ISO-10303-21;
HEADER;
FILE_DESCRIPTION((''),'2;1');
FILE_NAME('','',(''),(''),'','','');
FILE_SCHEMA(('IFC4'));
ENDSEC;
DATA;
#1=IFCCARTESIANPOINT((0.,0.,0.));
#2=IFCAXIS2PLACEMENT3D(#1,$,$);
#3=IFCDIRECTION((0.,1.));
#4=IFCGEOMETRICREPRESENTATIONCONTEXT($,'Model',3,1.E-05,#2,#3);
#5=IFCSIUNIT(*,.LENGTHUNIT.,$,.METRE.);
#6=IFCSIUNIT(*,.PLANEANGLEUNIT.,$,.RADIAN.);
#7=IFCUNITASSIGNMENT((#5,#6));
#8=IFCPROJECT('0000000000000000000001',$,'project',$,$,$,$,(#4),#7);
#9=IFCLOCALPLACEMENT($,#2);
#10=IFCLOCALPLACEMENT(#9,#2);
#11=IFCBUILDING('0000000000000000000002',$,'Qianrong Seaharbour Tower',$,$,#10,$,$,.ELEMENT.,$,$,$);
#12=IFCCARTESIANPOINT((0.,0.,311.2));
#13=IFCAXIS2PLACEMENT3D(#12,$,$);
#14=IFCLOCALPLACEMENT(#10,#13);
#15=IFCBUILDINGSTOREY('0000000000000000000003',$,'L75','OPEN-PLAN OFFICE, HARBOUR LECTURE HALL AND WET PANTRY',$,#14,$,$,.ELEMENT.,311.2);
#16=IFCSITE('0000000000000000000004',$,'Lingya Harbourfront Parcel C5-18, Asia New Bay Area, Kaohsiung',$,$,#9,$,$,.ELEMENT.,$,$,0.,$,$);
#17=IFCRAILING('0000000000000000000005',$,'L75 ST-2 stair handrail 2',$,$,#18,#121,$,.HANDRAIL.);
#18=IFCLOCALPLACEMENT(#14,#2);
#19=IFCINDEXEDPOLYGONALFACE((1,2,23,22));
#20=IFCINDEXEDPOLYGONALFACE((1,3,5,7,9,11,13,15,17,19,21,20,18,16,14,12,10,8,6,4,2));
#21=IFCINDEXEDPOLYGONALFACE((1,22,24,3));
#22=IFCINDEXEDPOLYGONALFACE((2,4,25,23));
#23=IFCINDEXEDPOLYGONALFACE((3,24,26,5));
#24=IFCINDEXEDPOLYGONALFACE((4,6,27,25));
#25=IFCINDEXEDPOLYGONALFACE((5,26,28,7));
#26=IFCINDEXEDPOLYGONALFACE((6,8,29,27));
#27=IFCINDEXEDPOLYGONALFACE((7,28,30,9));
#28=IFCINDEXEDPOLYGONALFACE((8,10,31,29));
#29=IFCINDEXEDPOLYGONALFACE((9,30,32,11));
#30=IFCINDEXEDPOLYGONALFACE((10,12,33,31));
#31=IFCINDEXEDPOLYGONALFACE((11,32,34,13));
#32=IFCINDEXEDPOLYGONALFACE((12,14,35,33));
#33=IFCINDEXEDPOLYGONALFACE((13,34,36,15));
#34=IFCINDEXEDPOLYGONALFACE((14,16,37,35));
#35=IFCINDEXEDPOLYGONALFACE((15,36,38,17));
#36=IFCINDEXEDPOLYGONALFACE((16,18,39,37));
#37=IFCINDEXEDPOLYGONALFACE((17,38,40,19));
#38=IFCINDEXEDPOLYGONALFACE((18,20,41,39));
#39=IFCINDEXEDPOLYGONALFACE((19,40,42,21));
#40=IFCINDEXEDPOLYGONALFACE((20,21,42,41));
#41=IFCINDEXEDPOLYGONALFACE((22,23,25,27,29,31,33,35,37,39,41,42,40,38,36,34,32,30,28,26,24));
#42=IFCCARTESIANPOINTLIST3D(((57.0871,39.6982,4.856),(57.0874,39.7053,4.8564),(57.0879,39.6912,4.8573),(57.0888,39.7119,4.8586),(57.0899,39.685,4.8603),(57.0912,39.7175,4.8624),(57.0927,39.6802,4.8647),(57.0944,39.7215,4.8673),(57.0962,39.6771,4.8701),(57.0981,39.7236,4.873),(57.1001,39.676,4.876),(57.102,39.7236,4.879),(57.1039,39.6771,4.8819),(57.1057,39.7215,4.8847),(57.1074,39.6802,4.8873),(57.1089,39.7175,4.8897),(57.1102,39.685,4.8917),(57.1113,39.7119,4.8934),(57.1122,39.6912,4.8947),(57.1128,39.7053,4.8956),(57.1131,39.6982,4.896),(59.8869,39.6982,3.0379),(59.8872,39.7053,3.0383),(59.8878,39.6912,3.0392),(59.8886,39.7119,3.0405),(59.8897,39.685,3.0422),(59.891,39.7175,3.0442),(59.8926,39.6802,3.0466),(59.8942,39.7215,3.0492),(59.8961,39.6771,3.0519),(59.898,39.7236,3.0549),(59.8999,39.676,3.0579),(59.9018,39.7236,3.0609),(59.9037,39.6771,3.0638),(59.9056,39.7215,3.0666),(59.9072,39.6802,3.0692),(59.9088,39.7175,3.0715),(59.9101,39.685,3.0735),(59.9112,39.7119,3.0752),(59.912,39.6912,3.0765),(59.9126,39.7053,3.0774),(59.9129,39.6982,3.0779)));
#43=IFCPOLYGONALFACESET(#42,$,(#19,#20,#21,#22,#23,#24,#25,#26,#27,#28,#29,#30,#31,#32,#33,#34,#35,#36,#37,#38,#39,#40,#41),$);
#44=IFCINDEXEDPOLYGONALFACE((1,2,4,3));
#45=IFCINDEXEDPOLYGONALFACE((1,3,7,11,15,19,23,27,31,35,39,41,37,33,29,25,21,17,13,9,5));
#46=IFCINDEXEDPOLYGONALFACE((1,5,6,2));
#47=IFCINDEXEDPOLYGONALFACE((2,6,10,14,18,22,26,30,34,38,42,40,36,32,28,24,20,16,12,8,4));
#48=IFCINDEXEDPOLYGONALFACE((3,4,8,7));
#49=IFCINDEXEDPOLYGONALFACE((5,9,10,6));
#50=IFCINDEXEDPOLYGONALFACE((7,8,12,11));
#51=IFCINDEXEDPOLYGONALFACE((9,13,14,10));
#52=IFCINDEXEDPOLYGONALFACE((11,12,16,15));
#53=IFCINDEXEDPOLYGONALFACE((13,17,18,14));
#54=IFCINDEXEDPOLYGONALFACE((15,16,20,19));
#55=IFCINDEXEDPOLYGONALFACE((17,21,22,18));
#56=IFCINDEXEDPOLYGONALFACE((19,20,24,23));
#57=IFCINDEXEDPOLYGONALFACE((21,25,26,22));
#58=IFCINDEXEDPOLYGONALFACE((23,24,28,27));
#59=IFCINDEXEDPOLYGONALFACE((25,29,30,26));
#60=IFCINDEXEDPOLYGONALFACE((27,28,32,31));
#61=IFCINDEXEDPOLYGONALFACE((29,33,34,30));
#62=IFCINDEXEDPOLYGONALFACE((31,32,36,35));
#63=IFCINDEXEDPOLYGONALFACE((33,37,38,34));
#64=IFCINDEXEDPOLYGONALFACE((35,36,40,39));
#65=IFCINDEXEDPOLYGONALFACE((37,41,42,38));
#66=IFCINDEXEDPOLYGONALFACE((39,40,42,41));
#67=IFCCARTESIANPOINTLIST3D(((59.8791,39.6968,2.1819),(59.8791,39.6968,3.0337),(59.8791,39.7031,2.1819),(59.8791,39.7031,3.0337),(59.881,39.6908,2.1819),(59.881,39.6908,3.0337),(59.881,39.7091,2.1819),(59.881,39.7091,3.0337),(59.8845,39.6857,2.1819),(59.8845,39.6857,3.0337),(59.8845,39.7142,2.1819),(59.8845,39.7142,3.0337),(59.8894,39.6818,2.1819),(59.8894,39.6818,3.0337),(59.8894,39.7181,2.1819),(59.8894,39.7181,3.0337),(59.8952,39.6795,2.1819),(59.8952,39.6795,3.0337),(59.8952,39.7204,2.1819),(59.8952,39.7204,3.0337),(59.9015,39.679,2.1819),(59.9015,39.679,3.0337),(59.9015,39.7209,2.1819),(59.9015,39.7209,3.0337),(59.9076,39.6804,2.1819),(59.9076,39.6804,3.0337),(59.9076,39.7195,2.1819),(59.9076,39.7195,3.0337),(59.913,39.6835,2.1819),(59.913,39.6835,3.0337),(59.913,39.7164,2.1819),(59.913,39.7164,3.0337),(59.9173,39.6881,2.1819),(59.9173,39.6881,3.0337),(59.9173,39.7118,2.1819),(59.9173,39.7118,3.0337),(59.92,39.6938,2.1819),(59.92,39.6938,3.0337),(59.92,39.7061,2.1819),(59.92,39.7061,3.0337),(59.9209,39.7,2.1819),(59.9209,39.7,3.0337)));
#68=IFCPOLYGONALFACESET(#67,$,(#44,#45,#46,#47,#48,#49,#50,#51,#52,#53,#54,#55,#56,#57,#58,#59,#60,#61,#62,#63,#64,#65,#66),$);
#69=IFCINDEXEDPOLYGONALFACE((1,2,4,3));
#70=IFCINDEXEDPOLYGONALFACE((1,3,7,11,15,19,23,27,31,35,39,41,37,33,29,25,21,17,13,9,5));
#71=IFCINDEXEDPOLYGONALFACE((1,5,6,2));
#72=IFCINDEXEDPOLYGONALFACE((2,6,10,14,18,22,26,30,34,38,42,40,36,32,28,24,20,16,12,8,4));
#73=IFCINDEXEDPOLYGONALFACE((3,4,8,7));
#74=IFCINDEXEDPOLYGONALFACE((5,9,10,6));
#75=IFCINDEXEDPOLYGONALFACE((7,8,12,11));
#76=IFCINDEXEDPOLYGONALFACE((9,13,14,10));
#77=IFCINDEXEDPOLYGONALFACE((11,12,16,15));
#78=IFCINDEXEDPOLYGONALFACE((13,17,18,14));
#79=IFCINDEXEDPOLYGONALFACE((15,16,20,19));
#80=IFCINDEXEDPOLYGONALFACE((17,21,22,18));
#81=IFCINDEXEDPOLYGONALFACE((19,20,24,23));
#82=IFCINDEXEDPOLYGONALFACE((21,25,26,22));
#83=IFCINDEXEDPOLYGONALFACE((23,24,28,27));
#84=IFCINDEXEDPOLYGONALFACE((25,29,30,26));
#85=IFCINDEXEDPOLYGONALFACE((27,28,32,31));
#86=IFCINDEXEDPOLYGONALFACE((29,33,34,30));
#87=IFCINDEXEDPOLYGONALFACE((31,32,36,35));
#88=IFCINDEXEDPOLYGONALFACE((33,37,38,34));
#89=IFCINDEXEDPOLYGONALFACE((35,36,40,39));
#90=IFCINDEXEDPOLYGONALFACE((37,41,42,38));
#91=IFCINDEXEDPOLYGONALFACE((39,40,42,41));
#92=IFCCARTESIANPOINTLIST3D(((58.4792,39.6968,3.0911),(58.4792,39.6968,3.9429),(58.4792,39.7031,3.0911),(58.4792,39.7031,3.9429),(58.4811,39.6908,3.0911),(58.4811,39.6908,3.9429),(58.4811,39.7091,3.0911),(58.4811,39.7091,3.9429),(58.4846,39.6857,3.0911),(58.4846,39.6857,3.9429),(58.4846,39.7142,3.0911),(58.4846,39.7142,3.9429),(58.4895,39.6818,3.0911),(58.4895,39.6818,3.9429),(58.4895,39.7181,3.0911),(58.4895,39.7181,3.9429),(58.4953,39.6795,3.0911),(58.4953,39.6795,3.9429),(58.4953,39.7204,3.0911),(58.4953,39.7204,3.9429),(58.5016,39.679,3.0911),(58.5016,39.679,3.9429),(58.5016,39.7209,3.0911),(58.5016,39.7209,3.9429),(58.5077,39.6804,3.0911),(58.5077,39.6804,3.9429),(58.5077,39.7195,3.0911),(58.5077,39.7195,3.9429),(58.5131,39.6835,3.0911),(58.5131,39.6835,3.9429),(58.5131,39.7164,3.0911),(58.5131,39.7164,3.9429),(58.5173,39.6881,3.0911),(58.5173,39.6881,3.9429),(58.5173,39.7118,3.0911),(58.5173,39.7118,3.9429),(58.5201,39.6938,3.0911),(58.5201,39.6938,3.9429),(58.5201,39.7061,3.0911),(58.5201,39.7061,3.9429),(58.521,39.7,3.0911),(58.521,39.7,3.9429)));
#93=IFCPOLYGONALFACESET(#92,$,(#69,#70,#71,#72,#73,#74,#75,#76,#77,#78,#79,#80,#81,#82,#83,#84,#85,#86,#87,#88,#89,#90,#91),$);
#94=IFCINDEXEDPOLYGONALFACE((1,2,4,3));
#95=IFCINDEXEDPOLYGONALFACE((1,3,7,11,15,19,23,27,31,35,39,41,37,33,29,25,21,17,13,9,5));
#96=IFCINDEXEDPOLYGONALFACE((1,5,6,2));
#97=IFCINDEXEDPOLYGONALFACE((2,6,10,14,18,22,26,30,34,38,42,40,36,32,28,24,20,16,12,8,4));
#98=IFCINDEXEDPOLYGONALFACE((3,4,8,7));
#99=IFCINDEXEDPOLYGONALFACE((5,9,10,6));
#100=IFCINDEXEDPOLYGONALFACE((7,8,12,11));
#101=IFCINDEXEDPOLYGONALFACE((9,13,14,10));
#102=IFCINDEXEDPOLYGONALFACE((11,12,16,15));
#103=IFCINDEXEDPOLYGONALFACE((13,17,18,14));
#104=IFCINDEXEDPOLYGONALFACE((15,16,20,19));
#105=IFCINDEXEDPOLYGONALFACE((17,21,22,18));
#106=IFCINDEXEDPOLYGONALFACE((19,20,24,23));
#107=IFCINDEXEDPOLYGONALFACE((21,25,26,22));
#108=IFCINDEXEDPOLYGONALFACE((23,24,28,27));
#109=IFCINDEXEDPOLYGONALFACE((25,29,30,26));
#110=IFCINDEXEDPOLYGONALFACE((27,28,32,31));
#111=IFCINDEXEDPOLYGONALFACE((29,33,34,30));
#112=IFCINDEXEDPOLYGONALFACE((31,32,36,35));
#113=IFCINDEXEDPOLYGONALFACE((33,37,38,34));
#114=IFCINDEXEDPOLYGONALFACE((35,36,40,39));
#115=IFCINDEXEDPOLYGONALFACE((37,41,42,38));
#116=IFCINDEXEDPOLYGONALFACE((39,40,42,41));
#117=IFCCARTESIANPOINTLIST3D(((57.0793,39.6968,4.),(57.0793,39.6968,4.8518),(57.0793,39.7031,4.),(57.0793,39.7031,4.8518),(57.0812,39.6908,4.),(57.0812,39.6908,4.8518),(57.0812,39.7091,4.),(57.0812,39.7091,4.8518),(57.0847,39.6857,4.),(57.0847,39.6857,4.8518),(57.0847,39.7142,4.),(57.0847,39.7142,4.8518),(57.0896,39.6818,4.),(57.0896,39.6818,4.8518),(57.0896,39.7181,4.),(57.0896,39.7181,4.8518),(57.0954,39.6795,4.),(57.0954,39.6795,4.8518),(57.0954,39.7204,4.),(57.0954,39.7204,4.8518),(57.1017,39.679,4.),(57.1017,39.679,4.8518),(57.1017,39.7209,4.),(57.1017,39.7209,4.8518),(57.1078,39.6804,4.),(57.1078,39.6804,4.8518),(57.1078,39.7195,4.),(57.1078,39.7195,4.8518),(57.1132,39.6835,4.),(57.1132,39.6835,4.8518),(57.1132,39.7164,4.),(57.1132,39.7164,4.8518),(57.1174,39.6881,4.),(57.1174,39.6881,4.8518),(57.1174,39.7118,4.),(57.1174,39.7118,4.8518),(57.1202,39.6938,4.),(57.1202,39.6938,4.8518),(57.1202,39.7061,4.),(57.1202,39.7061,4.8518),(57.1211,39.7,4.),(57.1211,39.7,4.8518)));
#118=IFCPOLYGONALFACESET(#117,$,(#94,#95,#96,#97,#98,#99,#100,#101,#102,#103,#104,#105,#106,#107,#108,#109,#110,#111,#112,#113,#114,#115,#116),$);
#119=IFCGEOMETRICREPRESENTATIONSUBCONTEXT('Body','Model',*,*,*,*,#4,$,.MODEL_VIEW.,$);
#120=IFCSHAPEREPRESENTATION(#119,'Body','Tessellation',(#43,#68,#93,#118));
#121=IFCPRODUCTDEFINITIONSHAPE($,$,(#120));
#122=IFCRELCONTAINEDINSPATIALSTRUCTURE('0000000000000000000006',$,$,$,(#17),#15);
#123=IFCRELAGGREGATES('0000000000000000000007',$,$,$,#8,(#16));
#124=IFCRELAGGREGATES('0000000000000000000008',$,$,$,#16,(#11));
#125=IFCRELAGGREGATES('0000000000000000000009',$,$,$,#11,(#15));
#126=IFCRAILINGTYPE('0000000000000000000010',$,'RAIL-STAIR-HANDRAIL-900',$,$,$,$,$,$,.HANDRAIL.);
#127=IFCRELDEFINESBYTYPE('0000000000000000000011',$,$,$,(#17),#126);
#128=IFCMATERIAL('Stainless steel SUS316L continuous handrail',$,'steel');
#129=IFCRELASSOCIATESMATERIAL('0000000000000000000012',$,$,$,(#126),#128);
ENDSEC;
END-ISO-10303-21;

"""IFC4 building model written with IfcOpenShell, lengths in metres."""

from ifc_helpers import new_model, si_unit, direction, frame, origin, origin_2d, place, context, subcontext, project, spatial, circle, extrude, material, type_object, element, save


model = new_model("IFC4")

# Units and contexts
model_context = context("Model", 3, precision=1e-05, world=origin(), true_north=direction((0.0, 1.0)))
body_context = subcontext(model_context, "Body", "Model", "MODEL_VIEW")
ifc_project = project(units=[si_unit("LENGTHUNIT", "METRE"), si_unit("PLANEANGLEUNIT", "RADIAN")], contexts=[model_context])

# Site, building, storey
site_placement = place(None, origin())
site = spatial("IfcSite", under=ifc_project, at=site_placement, Name="Lingya Harbourfront Parcel C5-18, Asia New Bay Area, Kaohsiung", CompositionType="ELEMENT", RefElevation=0.0)
building_placement = place(site_placement, origin())
building = spatial("IfcBuilding", under=site, at=building_placement, Name="Qianrong Seaharbour Tower", CompositionType="ELEMENT")
storey_placement = place(building_placement, frame((0.0, 0.0, 311.2)))
storey = spatial("IfcBuildingStorey", under=building, at=storey_placement, Name="L75", Description="OPEN-PLAN OFFICE, HARBOUR LECTURE HALL AND WET PANTRY", CompositionType="ELEMENT", Elevation=311.2)

# Railing
ifc_material_1 = material(Name="Stainless steel SUS316L continuous handrail", Category="steel")
railing_type_1 = type_object("IfcRailingType", Name="RAIL-STAIR-HANDRAIL-900", PredefinedType="HANDRAIL", material=ifc_material_1)
railing_1_placement = place(storey_placement, frame((59.8999, 39.7, 2.1819)))
element("IfcRailing", 1, at=railing_1_placement, inside=storey, type_object=railing_type_1, Name="L75 ST-2 stair handrail 2", PredefinedType="HANDRAIL", context=body_context, shape_type="SweptSolid", body=[
    extrude(circle(Radius=0.0239, at=origin_2d()), frame((0.0, 0.0, 0.876), z_axis=(-0.838684, 0.0, 0.544618), x_axis=(0.0, -1.0, 0.0)), (0.0, 0.0, 1.0), 3.3384),
    extrude(circle(Radius=0.021, at=origin_2d()), origin(), (0.0, 0.0, 1.0), 0.8518),
    extrude(circle(Radius=0.021, at=origin_2d()), frame((-1.3999, 0.0, 0.9092)), (0.0, 0.0, 1.0), 0.8518),
    extrude(circle(Radius=0.021, at=origin_2d()), frame((-2.7998, 0.0, 1.8181)), (0.0, 0.0, 1.0), 0.8518),
])

save(model, "model.ifc")
